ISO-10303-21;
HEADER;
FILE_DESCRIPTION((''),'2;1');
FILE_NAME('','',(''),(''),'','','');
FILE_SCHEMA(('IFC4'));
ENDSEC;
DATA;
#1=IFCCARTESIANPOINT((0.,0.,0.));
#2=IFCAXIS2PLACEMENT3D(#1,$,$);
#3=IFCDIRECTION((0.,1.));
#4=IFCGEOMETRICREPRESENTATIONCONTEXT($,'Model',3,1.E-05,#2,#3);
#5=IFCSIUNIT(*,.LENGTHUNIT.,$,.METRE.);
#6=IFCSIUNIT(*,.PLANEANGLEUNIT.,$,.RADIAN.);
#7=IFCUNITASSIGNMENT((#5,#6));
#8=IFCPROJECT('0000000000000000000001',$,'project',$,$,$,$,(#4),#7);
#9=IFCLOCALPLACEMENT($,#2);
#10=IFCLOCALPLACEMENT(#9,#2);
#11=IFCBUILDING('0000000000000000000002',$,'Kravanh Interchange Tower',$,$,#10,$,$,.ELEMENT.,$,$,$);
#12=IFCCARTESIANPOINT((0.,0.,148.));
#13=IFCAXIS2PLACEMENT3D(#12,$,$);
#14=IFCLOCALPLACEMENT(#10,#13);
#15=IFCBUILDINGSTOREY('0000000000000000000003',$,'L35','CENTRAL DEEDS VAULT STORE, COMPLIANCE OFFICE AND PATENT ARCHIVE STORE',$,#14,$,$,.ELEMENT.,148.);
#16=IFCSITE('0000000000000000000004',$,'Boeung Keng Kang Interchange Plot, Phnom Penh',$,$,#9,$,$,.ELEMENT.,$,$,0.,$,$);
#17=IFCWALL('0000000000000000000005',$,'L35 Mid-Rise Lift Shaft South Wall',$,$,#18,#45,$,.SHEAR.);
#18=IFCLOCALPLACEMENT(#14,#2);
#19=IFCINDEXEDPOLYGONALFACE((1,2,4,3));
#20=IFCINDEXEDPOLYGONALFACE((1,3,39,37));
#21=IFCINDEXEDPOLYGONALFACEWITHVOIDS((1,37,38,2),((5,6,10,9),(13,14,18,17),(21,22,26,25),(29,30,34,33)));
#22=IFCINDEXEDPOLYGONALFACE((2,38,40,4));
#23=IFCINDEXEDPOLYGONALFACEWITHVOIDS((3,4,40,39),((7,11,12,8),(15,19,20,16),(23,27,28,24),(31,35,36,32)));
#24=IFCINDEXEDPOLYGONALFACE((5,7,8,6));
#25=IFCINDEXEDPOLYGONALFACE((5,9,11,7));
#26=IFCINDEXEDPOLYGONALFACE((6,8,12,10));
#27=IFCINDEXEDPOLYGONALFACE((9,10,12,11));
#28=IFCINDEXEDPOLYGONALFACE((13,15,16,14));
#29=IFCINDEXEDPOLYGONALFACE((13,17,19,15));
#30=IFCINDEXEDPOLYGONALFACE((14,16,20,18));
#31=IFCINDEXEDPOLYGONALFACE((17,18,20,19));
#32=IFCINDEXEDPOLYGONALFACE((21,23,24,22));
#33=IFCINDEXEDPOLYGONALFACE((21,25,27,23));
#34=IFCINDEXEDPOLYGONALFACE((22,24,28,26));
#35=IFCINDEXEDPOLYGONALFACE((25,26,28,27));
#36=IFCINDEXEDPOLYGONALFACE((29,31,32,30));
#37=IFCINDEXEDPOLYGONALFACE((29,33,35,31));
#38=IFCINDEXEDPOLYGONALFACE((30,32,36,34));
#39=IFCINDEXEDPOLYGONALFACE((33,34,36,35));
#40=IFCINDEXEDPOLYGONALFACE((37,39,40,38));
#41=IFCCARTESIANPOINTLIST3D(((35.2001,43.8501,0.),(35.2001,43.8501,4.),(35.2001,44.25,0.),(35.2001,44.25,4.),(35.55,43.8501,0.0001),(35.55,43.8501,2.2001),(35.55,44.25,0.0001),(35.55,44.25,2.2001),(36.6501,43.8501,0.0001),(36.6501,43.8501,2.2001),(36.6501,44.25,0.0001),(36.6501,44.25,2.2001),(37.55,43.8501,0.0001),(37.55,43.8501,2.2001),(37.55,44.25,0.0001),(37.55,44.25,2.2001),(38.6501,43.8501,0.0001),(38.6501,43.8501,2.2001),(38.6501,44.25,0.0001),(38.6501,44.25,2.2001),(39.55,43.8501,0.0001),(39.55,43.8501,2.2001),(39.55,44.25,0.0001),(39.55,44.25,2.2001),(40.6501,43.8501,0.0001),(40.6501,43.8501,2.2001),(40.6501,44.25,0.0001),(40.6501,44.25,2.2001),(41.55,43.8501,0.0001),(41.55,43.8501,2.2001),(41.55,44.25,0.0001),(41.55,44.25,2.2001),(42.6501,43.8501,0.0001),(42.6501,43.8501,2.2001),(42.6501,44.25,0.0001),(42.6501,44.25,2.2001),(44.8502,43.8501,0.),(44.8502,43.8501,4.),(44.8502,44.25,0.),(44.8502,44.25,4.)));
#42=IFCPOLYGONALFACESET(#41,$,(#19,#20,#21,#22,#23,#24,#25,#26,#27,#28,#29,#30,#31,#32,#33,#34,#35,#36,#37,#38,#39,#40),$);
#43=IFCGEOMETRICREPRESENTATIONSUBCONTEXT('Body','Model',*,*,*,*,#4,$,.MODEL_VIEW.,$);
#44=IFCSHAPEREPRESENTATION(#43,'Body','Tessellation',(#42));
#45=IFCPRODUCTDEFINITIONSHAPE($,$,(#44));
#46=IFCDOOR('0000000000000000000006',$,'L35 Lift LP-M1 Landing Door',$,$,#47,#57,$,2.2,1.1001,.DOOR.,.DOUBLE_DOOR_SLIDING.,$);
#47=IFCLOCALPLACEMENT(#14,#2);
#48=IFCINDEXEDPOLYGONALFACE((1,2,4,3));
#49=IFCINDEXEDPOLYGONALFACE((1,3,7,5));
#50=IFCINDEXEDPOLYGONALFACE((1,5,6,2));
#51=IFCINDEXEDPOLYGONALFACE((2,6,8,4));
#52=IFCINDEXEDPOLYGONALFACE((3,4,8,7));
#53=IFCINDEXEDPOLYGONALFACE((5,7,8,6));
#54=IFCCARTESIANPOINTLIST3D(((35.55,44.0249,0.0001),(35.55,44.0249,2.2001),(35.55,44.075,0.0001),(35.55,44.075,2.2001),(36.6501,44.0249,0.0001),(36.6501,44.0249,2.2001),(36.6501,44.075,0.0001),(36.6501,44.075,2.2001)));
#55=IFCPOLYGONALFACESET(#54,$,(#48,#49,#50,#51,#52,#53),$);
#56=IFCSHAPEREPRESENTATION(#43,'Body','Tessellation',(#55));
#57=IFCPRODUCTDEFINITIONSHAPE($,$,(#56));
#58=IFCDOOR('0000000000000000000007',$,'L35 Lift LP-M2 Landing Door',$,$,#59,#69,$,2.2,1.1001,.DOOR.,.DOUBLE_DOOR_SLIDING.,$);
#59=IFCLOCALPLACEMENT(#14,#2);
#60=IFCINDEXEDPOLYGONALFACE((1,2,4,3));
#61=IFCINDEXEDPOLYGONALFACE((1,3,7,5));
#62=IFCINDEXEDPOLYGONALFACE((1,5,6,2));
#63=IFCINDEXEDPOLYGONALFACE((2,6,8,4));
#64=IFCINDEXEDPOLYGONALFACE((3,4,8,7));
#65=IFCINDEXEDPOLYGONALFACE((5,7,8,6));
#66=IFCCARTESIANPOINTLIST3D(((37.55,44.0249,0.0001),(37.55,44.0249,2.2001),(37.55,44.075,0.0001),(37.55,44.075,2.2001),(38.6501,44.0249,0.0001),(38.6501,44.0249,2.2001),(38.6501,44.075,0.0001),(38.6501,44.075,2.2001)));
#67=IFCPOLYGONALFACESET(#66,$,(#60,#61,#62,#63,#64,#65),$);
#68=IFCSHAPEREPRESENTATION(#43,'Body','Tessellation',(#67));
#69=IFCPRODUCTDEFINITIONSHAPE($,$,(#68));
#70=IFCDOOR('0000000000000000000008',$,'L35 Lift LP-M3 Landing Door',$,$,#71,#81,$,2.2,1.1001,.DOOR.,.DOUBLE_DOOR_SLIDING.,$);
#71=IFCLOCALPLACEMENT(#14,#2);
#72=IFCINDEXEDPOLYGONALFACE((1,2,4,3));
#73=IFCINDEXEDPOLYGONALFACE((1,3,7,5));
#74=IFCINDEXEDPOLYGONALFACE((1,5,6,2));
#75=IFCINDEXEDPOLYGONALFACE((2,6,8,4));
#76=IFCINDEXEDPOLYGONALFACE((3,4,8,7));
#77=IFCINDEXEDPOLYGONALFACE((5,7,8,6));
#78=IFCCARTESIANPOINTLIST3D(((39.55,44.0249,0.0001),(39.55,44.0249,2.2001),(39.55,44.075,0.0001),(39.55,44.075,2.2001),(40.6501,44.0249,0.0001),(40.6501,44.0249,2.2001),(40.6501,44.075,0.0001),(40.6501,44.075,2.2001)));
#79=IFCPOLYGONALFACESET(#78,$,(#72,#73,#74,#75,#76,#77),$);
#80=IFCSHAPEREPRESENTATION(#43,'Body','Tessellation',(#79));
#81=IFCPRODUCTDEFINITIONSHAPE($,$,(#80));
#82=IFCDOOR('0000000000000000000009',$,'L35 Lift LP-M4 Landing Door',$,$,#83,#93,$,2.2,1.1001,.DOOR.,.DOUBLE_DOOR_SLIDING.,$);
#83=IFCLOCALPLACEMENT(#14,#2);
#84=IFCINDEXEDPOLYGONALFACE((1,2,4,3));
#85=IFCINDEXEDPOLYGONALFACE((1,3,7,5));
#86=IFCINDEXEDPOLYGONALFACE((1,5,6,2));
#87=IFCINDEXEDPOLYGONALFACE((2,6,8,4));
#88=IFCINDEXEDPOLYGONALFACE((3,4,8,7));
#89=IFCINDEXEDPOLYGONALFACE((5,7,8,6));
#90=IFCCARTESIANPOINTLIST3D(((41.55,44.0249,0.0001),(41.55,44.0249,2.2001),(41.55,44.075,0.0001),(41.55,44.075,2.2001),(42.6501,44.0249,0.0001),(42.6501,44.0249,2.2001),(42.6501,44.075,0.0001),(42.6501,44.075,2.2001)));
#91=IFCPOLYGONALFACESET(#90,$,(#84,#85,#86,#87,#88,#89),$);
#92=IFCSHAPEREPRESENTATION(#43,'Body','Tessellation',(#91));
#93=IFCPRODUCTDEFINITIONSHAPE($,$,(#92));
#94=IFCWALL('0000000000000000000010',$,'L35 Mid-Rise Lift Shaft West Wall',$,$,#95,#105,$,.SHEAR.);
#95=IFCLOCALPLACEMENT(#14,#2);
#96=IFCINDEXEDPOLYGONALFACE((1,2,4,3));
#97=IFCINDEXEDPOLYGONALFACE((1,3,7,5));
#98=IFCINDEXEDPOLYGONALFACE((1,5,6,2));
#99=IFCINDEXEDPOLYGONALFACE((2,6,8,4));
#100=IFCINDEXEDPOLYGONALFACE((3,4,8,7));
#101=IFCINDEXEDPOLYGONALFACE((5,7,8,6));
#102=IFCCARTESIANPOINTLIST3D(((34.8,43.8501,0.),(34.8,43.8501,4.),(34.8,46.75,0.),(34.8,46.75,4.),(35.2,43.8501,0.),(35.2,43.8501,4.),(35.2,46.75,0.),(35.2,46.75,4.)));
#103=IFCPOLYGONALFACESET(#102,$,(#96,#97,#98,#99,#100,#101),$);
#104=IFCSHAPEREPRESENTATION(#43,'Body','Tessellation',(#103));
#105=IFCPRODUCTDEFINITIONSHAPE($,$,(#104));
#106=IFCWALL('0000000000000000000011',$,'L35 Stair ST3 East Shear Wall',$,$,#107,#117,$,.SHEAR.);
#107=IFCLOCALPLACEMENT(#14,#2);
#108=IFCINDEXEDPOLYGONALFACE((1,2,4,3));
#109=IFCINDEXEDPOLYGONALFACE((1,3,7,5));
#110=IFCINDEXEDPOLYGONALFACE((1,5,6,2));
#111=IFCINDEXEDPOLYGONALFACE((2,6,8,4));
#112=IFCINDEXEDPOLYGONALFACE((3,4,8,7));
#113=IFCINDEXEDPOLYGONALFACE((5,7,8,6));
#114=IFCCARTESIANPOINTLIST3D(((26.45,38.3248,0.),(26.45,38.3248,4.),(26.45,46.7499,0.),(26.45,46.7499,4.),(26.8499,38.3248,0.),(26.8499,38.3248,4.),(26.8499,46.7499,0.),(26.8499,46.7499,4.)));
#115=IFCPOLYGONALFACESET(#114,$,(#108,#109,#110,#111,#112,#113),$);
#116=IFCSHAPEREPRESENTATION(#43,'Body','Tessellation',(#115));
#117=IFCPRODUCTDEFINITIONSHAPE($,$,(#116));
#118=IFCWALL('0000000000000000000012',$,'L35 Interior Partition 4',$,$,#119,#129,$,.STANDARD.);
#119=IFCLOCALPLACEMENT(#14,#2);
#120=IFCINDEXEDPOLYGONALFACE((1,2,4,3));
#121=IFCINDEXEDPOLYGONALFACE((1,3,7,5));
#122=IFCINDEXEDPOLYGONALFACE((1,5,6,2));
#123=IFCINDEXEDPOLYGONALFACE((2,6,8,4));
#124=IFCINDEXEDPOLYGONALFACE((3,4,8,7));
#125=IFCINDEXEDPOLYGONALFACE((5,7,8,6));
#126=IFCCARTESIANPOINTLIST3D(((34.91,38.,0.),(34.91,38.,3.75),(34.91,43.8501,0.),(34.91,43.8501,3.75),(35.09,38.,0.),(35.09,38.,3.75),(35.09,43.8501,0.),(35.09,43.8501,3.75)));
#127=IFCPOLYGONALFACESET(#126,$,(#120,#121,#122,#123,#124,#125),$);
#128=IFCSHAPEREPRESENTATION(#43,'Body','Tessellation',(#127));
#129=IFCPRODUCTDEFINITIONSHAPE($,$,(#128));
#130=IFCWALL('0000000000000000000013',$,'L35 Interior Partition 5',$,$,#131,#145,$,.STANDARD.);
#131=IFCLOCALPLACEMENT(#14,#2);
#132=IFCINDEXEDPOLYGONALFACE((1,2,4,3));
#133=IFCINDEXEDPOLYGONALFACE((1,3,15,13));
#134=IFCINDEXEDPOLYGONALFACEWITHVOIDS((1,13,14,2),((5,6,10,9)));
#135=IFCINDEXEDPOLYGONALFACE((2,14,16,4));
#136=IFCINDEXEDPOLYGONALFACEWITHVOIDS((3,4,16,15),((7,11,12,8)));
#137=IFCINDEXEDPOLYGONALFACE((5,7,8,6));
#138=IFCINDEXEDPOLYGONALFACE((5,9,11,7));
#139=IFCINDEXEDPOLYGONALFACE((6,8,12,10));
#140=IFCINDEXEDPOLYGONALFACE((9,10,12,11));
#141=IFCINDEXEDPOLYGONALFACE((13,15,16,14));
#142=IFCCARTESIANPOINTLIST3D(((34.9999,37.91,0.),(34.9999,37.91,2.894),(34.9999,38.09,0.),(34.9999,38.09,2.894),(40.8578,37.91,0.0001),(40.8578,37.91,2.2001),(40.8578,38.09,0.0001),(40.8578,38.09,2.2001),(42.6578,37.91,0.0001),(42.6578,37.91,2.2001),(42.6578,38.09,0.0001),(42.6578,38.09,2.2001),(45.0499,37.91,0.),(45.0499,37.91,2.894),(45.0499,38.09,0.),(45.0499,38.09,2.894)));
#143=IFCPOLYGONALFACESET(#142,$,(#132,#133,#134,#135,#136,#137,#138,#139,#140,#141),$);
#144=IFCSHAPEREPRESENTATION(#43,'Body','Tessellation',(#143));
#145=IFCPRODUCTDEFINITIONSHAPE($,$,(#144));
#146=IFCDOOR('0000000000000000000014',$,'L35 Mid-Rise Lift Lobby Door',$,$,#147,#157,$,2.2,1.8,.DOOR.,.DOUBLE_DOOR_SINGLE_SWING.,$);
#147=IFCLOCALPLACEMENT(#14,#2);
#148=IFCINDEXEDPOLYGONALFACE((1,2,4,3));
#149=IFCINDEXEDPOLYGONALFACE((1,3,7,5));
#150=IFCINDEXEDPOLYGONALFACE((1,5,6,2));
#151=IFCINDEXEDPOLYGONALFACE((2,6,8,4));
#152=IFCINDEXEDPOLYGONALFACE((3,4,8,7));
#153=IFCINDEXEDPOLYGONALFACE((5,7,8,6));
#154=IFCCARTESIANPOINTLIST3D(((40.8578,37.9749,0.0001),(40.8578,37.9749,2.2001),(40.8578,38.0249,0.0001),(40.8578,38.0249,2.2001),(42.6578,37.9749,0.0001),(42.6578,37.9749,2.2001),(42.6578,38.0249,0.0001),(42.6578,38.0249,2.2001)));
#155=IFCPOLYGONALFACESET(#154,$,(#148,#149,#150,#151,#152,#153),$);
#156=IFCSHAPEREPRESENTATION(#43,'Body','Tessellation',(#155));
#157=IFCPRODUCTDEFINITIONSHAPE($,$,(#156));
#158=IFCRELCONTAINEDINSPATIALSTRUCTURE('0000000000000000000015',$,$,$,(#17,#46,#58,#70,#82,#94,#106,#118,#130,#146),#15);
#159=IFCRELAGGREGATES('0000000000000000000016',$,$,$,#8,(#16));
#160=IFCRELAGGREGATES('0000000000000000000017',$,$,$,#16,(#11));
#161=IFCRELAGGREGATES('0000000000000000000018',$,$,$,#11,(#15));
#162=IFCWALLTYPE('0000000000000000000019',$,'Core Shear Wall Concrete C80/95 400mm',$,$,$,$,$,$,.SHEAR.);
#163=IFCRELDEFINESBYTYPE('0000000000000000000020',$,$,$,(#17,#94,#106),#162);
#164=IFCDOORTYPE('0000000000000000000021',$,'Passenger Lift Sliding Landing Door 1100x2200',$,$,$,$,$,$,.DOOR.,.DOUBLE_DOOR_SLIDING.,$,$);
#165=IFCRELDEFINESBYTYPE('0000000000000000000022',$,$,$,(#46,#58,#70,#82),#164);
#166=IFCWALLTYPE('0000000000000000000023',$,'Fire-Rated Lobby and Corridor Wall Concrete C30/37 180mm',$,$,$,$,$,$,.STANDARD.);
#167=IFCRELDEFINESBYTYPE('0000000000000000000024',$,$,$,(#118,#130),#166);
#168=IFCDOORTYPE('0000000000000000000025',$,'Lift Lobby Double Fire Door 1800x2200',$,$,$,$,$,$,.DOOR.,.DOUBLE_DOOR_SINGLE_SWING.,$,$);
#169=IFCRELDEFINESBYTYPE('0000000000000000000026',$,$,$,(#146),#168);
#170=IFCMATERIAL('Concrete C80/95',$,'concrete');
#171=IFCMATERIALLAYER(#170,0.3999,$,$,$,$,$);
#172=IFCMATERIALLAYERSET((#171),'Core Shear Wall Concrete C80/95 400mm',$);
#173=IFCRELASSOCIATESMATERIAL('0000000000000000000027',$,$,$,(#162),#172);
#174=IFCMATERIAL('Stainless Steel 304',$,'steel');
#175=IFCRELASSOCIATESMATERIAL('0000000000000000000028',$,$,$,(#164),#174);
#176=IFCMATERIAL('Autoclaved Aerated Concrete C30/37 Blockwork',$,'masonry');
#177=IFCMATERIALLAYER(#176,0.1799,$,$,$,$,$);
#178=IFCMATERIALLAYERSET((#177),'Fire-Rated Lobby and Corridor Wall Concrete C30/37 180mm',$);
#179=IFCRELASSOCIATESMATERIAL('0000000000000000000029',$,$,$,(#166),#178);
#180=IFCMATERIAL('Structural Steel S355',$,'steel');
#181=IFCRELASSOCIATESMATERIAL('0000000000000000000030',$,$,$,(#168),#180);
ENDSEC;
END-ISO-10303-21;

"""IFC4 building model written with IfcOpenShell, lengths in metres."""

from ifc_helpers import new_model, si_unit, direction, frame, frame_2d, origin, place, context, subcontext, project, spatial, rectangle, extrude, material, layer, layer_set, type_object, element, fill, save


model = new_model("IFC4")

# Units and contexts
model_context = context("Model", 3, precision=1e-05, world=origin(), true_north=direction((0.0, 1.0)))
body_context = subcontext(model_context, "Body", "Model", "MODEL_VIEW")
ifc_project = project(units=[si_unit("LENGTHUNIT", "METRE"), si_unit("PLANEANGLEUNIT", "RADIAN")], contexts=[model_context])

# Site, building, storey
site_placement = place(None, origin())
site = spatial("IfcSite", under=ifc_project, at=site_placement, Name="Boeung Keng Kang Interchange Plot, Phnom Penh", CompositionType="ELEMENT", RefElevation=0.0)
building_placement = place(site_placement, origin())
building = spatial("IfcBuilding", under=site, at=building_placement, Name="Kravanh Interchange Tower", CompositionType="ELEMENT")
storey_placement = place(building_placement, frame((0.0, 0.0, 148.0)))
storey = spatial("IfcBuildingStorey", under=building, at=storey_placement, Name="L35", Description="CENTRAL DEEDS VAULT STORE, COMPLIANCE OFFICE AND PATENT ARCHIVE STORE", CompositionType="ELEMENT", Elevation=148.0)

# Wall, openings, doors
ifc_material_1 = material(Name="Concrete C80/95", Category="concrete")
ifc_layer_1 = layer(ifc_material_1, 0.3999)
ifc_layer_set_1 = layer_set([ifc_layer_1], Name="Core Shear Wall Concrete C80/95 400mm")
wall_type_1 = type_object("IfcWallType", Name="Core Shear Wall Concrete C80/95 400mm", PredefinedType="SHEAR", material=ifc_layer_set_1)
wall_1_placement = place(storey_placement, frame((35.2, 44.05, 0.0), z_axis=(0.0, 0.0, 1.0), x_axis=(1.0, 0.0, 0.0)))
wall_1 = element("IfcWall", 1, at=wall_1_placement, inside=storey, type_object=wall_type_1, Name="L35 Mid-Rise Lift Shaft South Wall", PredefinedType="SHEAR", context=body_context, shape_type="SweptSolid", body=[
    extrude(rectangle(XDim=9.6501, YDim=0.3999, at=frame_2d((4.8252, 0.0))), origin(), (0.0, 0.0, 1.0), 4.0),
])
opening_1_placement = place(wall_1_placement, frame((0.3501, 0.0, 0.0)))
opening_1 = element("IfcOpeningElement", 2, at=opening_1_placement, cuts=wall_1, PredefinedType="OPENING", context=body_context, shape_type="SweptSolid", body=[
    extrude(rectangle(XDim=1.1001, YDim=2.2, at=frame_2d((0.55, 1.1001))), frame((0.0, 0.21, 0.0), z_axis=(0.0, -1.0, 0.0), x_axis=(1.0, 0.0, 0.0)), (0.0, 0.0, 1.0), 0.4199),
])
opening_2_placement = place(wall_1_placement, frame((2.3501, 0.0, 0.0)))
opening_2 = element("IfcOpeningElement", 3, at=opening_2_placement, cuts=wall_1, PredefinedType="OPENING", context=body_context, shape_type="SweptSolid", body=[
    extrude(rectangle(XDim=1.1001, YDim=2.2, at=frame_2d((0.55, 1.1001))), frame((0.0, 0.21, 0.0), z_axis=(0.0, -1.0, 0.0), x_axis=(1.0, 0.0, 0.0)), (0.0, 0.0, 1.0), 0.4199),
])
opening_3_placement = place(wall_1_placement, frame((4.3501, 0.0, 0.0)))
opening_3 = element("IfcOpeningElement", 4, at=opening_3_placement, cuts=wall_1, PredefinedType="OPENING", context=body_context, shape_type="SweptSolid", body=[
    extrude(rectangle(XDim=1.1001, YDim=2.2, at=frame_2d((0.55, 1.1001))), frame((0.0, 0.21, 0.0), z_axis=(0.0, -1.0, 0.0), x_axis=(1.0, 0.0, 0.0)), (0.0, 0.0, 1.0), 0.4199),
])
opening_4_placement = place(wall_1_placement, frame((6.3501, 0.0, 0.0)))
opening_4 = element("IfcOpeningElement", 5, at=opening_4_placement, cuts=wall_1, PredefinedType="OPENING", context=body_context, shape_type="SweptSolid", body=[
    extrude(rectangle(XDim=1.1001, YDim=2.2, at=frame_2d((0.55, 1.1001))), frame((0.0, 0.21, 0.0), z_axis=(0.0, -1.0, 0.0), x_axis=(1.0, 0.0, 0.0)), (0.0, 0.0, 1.0), 0.4199),
])
ifc_material_2 = material(Name="Stainless Steel 304", Category="steel")
door_type_1 = type_object("IfcDoorType", Name="Passenger Lift Sliding Landing Door 1100x2200", OperationType="DOUBLE_DOOR_SLIDING", PredefinedType="DOOR", material=ifc_material_2)
door_1_placement = place(opening_1_placement, origin())
door_1 = element("IfcDoor", 6, at=door_1_placement, inside=storey, type_object=door_type_1, Name="L35 Lift LP-M1 Landing Door", OperationType="DOUBLE_DOOR_SLIDING", OverallHeight=2.2, OverallWidth=1.1001, PredefinedType="DOOR", context=body_context, shape_type="SweptSolid", body=[
    extrude(rectangle(XDim=1.1001, YDim=2.2, at=frame_2d((0.55, 1.1001))), frame((0.0, 0.0249, 0.0), z_axis=(0.0, -1.0, 0.0), x_axis=(1.0, 0.0, 0.0)), (0.0, 0.0, 1.0), 0.05),
])
fill(opening_1, door_1)
door_2_placement = place(opening_2_placement, origin())
door_2 = element("IfcDoor", 7, at=door_2_placement, inside=storey, type_object=door_type_1, Name="L35 Lift LP-M2 Landing Door", OperationType="DOUBLE_DOOR_SLIDING", OverallHeight=2.2, OverallWidth=1.1001, PredefinedType="DOOR", context=body_context, shape_type="SweptSolid", body=[
    extrude(rectangle(XDim=1.1001, YDim=2.2, at=frame_2d((0.55, 1.1001))), frame((0.0, 0.0249, 0.0), z_axis=(0.0, -1.0, 0.0), x_axis=(1.0, 0.0, 0.0)), (0.0, 0.0, 1.0), 0.05),
])
fill(opening_2, door_2)
door_3_placement = place(opening_3_placement, origin())
door_3 = element("IfcDoor", 8, at=door_3_placement, inside=storey, type_object=door_type_1, Name="L35 Lift LP-M3 Landing Door", OperationType="DOUBLE_DOOR_SLIDING", OverallHeight=2.2, OverallWidth=1.1001, PredefinedType="DOOR", context=body_context, shape_type="SweptSolid", body=[
    extrude(rectangle(XDim=1.1001, YDim=2.2, at=frame_2d((0.55, 1.1001))), frame((0.0, 0.0249, 0.0), z_axis=(0.0, -1.0, 0.0), x_axis=(1.0, 0.0, 0.0)), (0.0, 0.0, 1.0), 0.05),
])
fill(opening_3, door_3)
door_4_placement = place(opening_4_placement, origin())
door_4 = element("IfcDoor", 9, at=door_4_placement, inside=storey, type_object=door_type_1, Name="L35 Lift LP-M4 Landing Door", OperationType="DOUBLE_DOOR_SLIDING", OverallHeight=2.2, OverallWidth=1.1001, PredefinedType="DOOR", context=body_context, shape_type="SweptSolid", body=[
    extrude(rectangle(XDim=1.1001, YDim=2.2, at=frame_2d((0.55, 1.1001))), frame((0.0, 0.0249, 0.0), z_axis=(0.0, -1.0, 0.0), x_axis=(1.0, 0.0, 0.0)), (0.0, 0.0, 1.0), 0.05),
])
fill(opening_4, door_4)

# Walls
wall_2_placement = place(storey_placement, frame((35.0, 43.8501, 0.0), z_axis=(0.0, 0.0, 1.0), x_axis=(0.0, 1.0, 0.0)))
element("IfcWall", 10, at=wall_2_placement, inside=storey, type_object=wall_type_1, Name="L35 Mid-Rise Lift Shaft West Wall", PredefinedType="SHEAR", context=body_context, shape_type="SweptSolid", body=[
    extrude(rectangle(XDim=2.8999, YDim=0.3999, at=frame_2d((1.45, 0.0))), origin(), (0.0, 0.0, 1.0), 4.0),
])
wall_3_placement = place(storey_placement, frame((26.6499, 38.325, 0.0), z_axis=(0.0, 0.0, 1.0), x_axis=(0.0, 1.0, 0.0)))
element("IfcWall", 11, at=wall_3_placement, inside=storey, type_object=wall_type_1, Name="L35 Stair ST3 East Shear Wall", PredefinedType="SHEAR", context=body_context, shape_type="SweptSolid", body=[
    extrude(rectangle(XDim=8.425, YDim=0.3999, at=frame_2d((4.2124, 0.0))), origin(), (0.0, 0.0, 1.0), 4.0),
])
ifc_material_3 = material(Name="Autoclaved Aerated Concrete C30/37 Blockwork", Category="masonry")
ifc_layer_2 = layer(ifc_material_3, 0.1799)
ifc_layer_set_2 = layer_set([ifc_layer_2], Name="Fire-Rated Lobby and Corridor Wall Concrete C30/37 180mm")
wall_type_2 = type_object("IfcWallType", Name="Fire-Rated Lobby and Corridor Wall Concrete C30/37 180mm", PredefinedType="STANDARD", material=ifc_layer_set_2)
wall_4_placement = place(storey_placement, frame((35.0, 38.0, 0.0), z_axis=(0.0, 0.0, 1.0), x_axis=(0.0, 1.0, 0.0)))
element("IfcWall", 12, at=wall_4_placement, inside=storey, type_object=wall_type_2, Name="L35 Interior Partition 4", PredefinedType="STANDARD", context=body_context, shape_type="SweptSolid", body=[
    extrude(rectangle(XDim=5.8501, YDim=0.1799, at=frame_2d((2.925, 0.0))), origin(), (0.0, 0.0, 1.0), 3.75),
])

# Wall, opening, door
wall_5_placement = place(storey_placement, frame((35.0, 38.0, 0.0), z_axis=(0.0, 0.0, 1.0), x_axis=(1.0, 0.0, 0.0)))
wall_5 = element("IfcWall", 13, at=wall_5_placement, inside=storey, type_object=wall_type_2, Name="L35 Interior Partition 5", PredefinedType="STANDARD", context=body_context, shape_type="SweptSolid", body=[
    extrude(rectangle(XDim=10.05, YDim=0.1799, at=frame_2d((5.0249, 0.0))), origin(), (0.0, 0.0, 1.0), 2.894),
])
opening_5_placement = place(wall_5_placement, frame((5.8579, 0.0, 0.0)))
opening_5 = element("IfcOpeningElement", 14, at=opening_5_placement, cuts=wall_5, PredefinedType="OPENING", context=body_context, shape_type="SweptSolid", body=[
    extrude(rectangle(XDim=1.8, YDim=2.2, at=frame_2d((0.8999, 1.1001))), frame((0.0, 0.1001, 0.0), z_axis=(0.0, -1.0, 0.0), x_axis=(1.0, 0.0, 0.0)), (0.0, 0.0, 1.0), 0.2),
])
ifc_material_4 = material(Name="Structural Steel S355", Category="steel")
door_type_2 = type_object("IfcDoorType", Name="Lift Lobby Double Fire Door 1800x2200", OperationType="DOUBLE_DOOR_SINGLE_SWING", PredefinedType="DOOR", material=ifc_material_4)
door_5_placement = place(opening_5_placement, origin())
door_5 = element("IfcDoor", 15, at=door_5_placement, inside=storey, type_object=door_type_2, Name="L35 Mid-Rise Lift Lobby Door", OperationType="DOUBLE_DOOR_SINGLE_SWING", OverallHeight=2.2, OverallWidth=1.8, PredefinedType="DOOR", context=body_context, shape_type="SweptSolid", body=[
    extrude(rectangle(XDim=1.8, YDim=2.2, at=frame_2d((0.8999, 1.1001))), frame((0.0, 0.0249, 0.0), z_axis=(0.0, -1.0, 0.0), x_axis=(1.0, 0.0, 0.0)), (0.0, 0.0, 1.0), 0.05),
])
fill(opening_5, door_5)

save(model, "model.ifc")
